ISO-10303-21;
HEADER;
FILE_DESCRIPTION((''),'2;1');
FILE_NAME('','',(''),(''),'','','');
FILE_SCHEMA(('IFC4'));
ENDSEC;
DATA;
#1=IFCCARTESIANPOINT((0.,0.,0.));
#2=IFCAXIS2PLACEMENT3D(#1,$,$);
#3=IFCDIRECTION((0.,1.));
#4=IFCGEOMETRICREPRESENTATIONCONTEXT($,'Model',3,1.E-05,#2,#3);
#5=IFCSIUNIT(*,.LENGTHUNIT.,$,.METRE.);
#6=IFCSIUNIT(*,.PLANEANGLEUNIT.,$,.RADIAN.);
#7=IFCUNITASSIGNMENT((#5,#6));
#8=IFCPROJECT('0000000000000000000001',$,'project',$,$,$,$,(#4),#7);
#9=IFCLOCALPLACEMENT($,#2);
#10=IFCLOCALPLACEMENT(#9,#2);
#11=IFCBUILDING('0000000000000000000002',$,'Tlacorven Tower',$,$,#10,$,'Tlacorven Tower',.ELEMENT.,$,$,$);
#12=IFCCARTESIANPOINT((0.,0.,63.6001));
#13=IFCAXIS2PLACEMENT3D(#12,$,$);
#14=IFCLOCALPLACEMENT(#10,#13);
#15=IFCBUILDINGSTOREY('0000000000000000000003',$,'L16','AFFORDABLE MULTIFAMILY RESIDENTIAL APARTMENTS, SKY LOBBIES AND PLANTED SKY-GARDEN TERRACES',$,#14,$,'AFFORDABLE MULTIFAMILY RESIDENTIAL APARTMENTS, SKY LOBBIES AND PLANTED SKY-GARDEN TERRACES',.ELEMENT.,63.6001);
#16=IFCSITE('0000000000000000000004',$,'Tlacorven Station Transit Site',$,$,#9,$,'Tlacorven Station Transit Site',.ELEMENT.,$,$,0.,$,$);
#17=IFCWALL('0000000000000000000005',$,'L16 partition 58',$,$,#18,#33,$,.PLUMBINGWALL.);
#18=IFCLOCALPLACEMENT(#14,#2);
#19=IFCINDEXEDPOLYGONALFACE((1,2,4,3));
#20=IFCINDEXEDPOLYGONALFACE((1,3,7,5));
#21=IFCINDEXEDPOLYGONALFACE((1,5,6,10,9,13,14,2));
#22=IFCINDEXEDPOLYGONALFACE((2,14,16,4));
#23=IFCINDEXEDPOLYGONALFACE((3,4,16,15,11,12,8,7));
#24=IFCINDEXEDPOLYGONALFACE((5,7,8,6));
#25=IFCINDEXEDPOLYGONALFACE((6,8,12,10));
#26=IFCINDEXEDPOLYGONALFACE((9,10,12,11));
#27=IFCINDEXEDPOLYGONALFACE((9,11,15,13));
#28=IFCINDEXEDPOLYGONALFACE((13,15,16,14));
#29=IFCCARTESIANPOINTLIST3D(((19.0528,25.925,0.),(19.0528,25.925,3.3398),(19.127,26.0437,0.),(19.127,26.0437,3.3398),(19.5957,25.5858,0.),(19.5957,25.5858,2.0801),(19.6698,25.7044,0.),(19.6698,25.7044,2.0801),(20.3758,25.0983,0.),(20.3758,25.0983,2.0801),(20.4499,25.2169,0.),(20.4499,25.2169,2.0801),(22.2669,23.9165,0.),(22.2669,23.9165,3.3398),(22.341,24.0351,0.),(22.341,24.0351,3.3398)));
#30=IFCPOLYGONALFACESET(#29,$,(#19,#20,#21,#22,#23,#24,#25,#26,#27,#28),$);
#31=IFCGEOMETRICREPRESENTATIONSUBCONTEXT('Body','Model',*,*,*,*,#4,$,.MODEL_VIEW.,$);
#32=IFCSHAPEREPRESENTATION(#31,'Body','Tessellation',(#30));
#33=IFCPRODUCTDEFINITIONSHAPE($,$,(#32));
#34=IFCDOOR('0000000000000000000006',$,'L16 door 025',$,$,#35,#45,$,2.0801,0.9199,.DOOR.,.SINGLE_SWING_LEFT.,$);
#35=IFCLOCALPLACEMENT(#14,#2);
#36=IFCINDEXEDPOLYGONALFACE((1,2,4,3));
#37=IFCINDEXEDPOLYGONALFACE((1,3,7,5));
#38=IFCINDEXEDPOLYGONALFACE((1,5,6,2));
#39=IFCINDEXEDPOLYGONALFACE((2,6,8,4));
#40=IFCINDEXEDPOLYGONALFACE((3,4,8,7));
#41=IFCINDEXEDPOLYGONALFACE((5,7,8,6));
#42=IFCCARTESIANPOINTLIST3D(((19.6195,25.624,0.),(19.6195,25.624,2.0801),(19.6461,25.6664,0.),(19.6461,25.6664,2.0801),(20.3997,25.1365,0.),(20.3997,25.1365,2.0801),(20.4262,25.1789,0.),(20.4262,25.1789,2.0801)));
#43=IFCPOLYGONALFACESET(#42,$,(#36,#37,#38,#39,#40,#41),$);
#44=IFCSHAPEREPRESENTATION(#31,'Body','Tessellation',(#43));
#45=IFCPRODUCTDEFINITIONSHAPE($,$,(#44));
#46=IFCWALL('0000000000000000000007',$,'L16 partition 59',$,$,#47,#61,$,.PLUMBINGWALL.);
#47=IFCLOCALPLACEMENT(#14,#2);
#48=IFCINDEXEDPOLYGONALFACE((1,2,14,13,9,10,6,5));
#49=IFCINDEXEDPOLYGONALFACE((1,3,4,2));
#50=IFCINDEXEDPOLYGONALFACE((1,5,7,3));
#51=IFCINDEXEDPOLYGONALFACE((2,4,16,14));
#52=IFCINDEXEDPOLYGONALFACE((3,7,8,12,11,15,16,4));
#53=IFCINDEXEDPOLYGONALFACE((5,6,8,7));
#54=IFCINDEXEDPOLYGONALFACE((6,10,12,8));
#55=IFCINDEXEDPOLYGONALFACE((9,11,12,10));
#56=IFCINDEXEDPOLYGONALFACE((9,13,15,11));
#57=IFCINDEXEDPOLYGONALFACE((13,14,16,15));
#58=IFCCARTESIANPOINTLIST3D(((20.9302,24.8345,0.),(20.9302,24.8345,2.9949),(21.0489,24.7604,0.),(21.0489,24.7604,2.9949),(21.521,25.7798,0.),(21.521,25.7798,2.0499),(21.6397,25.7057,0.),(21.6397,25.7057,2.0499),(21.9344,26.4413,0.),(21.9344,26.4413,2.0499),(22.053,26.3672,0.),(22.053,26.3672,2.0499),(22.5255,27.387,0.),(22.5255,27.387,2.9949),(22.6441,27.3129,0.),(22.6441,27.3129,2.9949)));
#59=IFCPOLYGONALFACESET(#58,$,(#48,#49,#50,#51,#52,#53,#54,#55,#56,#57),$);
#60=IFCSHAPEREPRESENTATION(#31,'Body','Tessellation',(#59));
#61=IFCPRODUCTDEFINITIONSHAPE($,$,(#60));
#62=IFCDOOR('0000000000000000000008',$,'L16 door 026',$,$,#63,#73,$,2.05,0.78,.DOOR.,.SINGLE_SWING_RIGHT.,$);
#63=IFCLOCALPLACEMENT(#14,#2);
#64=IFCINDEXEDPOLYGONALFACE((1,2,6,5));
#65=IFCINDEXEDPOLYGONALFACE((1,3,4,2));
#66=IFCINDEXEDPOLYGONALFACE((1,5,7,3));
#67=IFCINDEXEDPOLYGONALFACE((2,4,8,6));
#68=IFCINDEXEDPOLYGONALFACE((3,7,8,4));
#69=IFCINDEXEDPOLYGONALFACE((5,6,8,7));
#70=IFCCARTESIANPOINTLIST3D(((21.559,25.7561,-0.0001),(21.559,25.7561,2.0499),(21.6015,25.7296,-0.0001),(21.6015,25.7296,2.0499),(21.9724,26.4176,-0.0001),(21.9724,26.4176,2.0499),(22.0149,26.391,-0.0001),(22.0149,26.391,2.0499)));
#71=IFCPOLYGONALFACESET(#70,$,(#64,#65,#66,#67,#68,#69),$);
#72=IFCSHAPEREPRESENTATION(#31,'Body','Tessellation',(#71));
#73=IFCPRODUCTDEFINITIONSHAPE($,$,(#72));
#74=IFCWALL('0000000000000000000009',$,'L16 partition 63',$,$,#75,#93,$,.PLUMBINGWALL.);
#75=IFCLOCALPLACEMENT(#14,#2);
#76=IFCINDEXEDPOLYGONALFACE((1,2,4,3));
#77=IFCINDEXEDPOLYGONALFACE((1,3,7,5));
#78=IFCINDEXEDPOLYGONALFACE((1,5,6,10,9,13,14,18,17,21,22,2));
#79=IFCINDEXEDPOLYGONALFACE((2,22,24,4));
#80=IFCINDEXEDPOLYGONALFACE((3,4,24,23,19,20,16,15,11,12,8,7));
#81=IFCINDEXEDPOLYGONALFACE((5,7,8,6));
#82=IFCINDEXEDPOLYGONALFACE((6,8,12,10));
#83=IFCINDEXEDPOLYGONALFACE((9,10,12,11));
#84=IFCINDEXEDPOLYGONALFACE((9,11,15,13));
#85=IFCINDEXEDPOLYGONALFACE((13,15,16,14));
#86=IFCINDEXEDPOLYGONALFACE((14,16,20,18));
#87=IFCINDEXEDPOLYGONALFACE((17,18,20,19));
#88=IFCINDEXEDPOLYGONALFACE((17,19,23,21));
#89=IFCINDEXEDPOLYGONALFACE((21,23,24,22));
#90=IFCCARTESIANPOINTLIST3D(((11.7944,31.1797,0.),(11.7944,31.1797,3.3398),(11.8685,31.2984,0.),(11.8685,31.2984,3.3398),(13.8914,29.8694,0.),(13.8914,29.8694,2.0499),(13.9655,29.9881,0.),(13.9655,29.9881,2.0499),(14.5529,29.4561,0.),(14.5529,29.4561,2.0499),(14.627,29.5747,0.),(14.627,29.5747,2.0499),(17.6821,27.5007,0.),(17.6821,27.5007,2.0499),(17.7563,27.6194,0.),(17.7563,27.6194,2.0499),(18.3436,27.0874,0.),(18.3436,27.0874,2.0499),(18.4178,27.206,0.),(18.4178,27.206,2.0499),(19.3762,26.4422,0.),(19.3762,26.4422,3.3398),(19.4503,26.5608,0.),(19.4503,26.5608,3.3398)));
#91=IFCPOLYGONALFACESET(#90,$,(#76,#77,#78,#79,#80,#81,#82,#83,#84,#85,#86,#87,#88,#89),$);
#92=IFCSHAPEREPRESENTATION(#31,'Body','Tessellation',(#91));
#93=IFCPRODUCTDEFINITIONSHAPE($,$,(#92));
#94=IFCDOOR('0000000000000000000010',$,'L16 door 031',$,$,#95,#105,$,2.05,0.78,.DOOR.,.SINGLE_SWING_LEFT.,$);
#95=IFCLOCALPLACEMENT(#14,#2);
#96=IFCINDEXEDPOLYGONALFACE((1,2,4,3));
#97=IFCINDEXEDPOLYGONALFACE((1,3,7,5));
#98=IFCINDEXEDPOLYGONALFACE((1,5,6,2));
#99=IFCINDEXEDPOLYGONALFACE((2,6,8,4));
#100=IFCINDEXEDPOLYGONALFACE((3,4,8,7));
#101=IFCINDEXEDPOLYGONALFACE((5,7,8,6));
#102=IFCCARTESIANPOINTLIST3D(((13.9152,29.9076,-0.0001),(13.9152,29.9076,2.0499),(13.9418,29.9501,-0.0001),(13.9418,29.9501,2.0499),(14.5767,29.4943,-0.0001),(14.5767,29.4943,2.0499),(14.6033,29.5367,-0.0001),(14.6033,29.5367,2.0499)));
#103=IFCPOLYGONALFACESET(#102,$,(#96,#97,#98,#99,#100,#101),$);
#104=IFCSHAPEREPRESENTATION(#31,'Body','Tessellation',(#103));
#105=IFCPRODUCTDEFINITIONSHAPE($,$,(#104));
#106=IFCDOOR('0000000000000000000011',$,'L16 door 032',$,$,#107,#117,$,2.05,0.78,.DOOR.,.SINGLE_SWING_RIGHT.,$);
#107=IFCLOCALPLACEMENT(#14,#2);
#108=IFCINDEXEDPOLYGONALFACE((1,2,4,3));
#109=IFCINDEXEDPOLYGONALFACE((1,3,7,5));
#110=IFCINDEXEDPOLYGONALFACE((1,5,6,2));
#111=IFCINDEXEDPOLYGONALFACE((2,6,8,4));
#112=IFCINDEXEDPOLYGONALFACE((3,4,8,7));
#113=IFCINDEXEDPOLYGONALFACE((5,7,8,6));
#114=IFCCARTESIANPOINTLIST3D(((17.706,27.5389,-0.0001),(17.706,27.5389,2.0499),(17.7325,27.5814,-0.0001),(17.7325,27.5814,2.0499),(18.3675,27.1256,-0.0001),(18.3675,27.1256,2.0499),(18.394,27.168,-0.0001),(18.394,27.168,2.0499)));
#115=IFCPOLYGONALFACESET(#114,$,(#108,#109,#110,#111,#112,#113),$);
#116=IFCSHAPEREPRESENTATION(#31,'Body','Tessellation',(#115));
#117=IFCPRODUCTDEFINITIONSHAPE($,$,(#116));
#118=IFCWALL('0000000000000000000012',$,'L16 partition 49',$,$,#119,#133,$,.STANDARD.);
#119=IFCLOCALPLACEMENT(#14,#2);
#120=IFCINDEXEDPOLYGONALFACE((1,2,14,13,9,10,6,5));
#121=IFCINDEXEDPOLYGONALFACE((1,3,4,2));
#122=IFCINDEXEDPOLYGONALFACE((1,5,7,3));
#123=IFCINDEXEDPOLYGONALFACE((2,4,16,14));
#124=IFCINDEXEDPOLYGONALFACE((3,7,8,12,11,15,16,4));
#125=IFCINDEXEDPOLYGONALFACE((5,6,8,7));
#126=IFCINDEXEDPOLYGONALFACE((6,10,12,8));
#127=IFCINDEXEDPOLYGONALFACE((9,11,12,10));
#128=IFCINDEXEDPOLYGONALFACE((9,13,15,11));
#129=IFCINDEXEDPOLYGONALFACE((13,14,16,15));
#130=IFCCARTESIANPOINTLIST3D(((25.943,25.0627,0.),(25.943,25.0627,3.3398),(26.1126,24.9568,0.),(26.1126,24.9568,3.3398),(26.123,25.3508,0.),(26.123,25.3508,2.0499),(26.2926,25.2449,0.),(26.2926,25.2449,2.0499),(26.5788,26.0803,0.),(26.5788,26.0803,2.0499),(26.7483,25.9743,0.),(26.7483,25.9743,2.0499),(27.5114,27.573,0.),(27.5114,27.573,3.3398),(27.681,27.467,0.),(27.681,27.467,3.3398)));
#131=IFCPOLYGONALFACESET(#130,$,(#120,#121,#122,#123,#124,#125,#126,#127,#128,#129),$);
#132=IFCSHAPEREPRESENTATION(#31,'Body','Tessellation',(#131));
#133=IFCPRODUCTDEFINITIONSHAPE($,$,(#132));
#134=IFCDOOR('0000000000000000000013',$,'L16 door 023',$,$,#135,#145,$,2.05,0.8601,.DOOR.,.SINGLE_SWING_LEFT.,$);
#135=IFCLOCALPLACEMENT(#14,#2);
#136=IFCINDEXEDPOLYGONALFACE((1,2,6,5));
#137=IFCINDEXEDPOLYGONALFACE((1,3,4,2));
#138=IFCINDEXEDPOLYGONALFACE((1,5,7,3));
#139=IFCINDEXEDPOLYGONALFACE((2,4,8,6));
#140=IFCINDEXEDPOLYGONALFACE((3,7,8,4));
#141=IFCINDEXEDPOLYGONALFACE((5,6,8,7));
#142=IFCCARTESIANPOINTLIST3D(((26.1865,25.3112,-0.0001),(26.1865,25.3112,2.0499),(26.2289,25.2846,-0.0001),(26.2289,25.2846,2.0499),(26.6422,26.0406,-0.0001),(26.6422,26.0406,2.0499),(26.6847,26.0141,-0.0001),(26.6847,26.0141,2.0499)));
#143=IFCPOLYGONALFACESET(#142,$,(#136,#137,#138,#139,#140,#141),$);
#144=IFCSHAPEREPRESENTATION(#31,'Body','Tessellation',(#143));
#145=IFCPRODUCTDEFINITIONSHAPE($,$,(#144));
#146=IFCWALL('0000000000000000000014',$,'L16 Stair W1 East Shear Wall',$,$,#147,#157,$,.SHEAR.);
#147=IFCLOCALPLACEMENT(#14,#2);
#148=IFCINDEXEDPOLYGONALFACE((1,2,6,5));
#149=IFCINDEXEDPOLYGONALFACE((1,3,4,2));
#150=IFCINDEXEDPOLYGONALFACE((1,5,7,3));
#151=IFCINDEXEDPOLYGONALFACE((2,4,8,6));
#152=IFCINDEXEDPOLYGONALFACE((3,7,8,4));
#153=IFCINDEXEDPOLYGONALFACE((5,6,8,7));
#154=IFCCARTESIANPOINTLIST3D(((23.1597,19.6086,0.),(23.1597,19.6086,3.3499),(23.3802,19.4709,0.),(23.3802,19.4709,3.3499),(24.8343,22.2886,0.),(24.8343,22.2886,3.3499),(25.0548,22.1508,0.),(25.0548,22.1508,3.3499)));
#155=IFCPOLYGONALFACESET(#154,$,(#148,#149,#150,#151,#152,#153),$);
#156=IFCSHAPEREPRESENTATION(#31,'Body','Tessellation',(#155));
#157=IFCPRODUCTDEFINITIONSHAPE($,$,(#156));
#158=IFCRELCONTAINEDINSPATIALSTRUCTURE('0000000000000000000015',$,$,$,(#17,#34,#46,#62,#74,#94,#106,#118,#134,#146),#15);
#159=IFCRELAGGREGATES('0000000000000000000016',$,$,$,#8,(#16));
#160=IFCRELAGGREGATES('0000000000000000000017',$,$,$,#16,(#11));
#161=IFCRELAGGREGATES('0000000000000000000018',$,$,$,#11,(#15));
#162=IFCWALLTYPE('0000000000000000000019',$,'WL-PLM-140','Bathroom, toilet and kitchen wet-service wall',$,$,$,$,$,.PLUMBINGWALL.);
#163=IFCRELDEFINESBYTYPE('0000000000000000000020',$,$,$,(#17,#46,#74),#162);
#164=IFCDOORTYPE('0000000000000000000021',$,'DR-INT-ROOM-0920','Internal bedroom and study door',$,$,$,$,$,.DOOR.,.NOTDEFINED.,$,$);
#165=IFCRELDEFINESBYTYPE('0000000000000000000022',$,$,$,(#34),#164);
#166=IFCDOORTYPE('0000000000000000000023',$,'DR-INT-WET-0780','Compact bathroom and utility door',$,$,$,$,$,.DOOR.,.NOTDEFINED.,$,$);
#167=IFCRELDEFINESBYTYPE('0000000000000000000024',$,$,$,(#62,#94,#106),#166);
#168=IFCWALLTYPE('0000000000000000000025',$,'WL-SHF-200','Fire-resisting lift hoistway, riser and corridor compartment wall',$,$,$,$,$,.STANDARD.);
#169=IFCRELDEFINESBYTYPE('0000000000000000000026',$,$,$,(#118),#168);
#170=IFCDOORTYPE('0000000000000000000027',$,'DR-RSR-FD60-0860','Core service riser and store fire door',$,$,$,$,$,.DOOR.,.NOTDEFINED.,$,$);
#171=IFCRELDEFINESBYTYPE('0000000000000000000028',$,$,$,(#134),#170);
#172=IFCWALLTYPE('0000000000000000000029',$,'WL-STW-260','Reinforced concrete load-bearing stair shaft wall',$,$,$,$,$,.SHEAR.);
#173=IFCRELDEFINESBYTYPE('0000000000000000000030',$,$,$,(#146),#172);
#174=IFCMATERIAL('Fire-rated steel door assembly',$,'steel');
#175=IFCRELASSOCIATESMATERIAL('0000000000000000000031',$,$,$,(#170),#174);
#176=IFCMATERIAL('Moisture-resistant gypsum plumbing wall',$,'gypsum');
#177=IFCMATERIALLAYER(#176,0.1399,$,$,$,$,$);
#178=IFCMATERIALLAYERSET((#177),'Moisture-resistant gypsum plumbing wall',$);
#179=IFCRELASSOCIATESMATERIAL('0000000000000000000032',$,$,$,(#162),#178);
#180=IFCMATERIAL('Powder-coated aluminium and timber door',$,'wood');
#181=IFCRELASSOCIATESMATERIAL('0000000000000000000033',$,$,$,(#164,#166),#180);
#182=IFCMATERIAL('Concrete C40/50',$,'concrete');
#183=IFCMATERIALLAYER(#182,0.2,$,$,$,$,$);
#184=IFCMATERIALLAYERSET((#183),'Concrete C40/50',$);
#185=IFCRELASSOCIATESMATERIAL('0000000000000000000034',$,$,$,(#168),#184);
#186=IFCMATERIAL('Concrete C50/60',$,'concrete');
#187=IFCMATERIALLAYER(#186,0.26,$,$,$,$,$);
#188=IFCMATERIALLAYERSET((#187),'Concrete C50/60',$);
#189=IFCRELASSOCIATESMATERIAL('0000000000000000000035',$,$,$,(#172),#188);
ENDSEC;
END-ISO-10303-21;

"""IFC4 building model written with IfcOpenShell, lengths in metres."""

from ifc_helpers import new_model, si_unit, direction, frame, frame_2d, origin, place, context, subcontext, project, spatial, rectangle, extrude, source, transform, mapped, material, layer, layer_set, type_object, element, fill, save


model = new_model("IFC4")

# Units and contexts
model_context = context("Model", 3, precision=1e-05, world=origin(), true_north=direction((0.0, 1.0)))
body_context = subcontext(model_context, "Body", "Model", "MODEL_VIEW")
ifc_project = project(units=[si_unit("LENGTHUNIT", "METRE"), si_unit("PLANEANGLEUNIT", "RADIAN")], contexts=[model_context])

# Site, building, storey
site_placement = place(None, origin())
site = spatial("IfcSite", under=ifc_project, at=site_placement, Name="Tlacorven Station Transit Site", LongName="Tlacorven Station Transit Site", CompositionType="ELEMENT", RefElevation=0.0)
building_placement = place(site_placement, origin())
building = spatial("IfcBuilding", under=site, at=building_placement, Name="Tlacorven Tower", LongName="Tlacorven Tower", CompositionType="ELEMENT")
storey_placement = place(building_placement, frame((0.0, 0.0, 63.6001)))
storey = spatial("IfcBuildingStorey", under=building, at=storey_placement, Name="L16", Description="AFFORDABLE MULTIFAMILY RESIDENTIAL APARTMENTS, SKY LOBBIES AND PLANTED SKY-GARDEN TERRACES", LongName="AFFORDABLE MULTIFAMILY RESIDENTIAL APARTMENTS, SKY LOBBIES AND PLANTED SKY-GARDEN TERRACES", CompositionType="ELEMENT", Elevation=63.6001)

# Shared definitions
ifc_material_1 = material(Name="Fire-rated steel door assembly", Category="steel")
door_type_1 = type_object("IfcDoorType", Name="DR-RSR-FD60-0860", Description="Core service riser and store fire door", OperationType="NOTDEFINED", PredefinedType="DOOR", material=ifc_material_1)
shared_shape_1 = source(origin(), body_context, "Body", "SweptSolid", [
    extrude(rectangle(XDim=0.8601, YDim=2.05, at=frame_2d((0.4302, 1.0249))), frame((0.0, 0.0249, 0.0), z_axis=(0.0, -1.0, 0.0), x_axis=(1.0, 0.0, 0.0)), (0.0, 0.0, 1.0), 0.05),
])

# Walls, openings, doors
ifc_material_2 = material(Name="Moisture-resistant gypsum plumbing wall", Category="gypsum")
ifc_layer_1 = layer(ifc_material_2, 0.1399)
ifc_layer_set_1 = layer_set([ifc_layer_1], Name="Moisture-resistant gypsum plumbing wall")
wall_type_1 = type_object("IfcWallType", Name="WL-PLM-140", Description="Bathroom, toilet and kitchen wet-service wall", PredefinedType="PLUMBINGWALL", material=ifc_layer_set_1)
wall_1_placement = place(storey_placement, frame((22.304, 23.9758, 0.0), z_axis=(0.0, 0.0, 1.0), x_axis=(-0.848031, 0.529947, 0.0)))
wall_1 = element("IfcWall", 1, at=wall_1_placement, inside=storey, type_object=wall_type_1, Name="L16 partition 58", PredefinedType="PLUMBINGWALL", context=body_context, shape_type="SweptSolid", body=[
    extrude(rectangle(XDim=3.79, YDim=0.1399, at=frame_2d((1.895, 0.0))), origin(), (0.0, 0.0, 1.0), 3.3398),
])
opening_1_placement = place(wall_1_placement, frame((2.23, 0.0, 0.0)))
opening_1 = element("IfcOpeningElement", 2, at=opening_1_placement, cuts=wall_1, PredefinedType="OPENING", context=body_context, shape_type="SweptSolid", body=[
    extrude(rectangle(XDim=0.9199, YDim=2.0801, at=frame_2d((0.46, 1.04))), frame((0.0, 0.0801, 0.0), z_axis=(0.0, -1.0, 0.0), x_axis=(1.0, 0.0, 0.0)), (0.0, 0.0, 1.0), 0.1599),
])
ifc_material_3 = material(Name="Powder-coated aluminium and timber door", Category="wood")
door_type_2 = type_object("IfcDoorType", Name="DR-INT-ROOM-0920", Description="Internal bedroom and study door", OperationType="NOTDEFINED", PredefinedType="DOOR", material=ifc_material_3)
shared_shape_2 = source(origin(), body_context, "Body", "SweptSolid", [
    extrude(rectangle(XDim=0.9199, YDim=2.0801, at=frame_2d((0.46, 1.04))), frame((0.0, 0.0249, 0.0), z_axis=(0.0, -1.0, 0.0), x_axis=(1.0, 0.0, 0.0)), (0.0, 0.0, 1.0), 0.05),
])
door_1_placement = place(opening_1_placement, origin())
door_1 = element("IfcDoor", 3, at=door_1_placement, inside=storey, type_object=door_type_2, Name="L16 door 025", OperationType="SINGLE_SWING_LEFT", OverallHeight=2.0801, OverallWidth=0.9199, PredefinedType="DOOR", context=body_context, shape_type="MappedRepresentation", body=[
    mapped(shared_shape_2, transform((0.0, 0.0, 0.0), scale=1.0)),
])
fill(opening_1, door_1)
wall_2_placement = place(storey_placement, frame((22.5847, 27.3499, 0.0), z_axis=(0.0, 0.0, 1.0), x_axis=(-0.529977, -0.848012, 0.0)))
wall_2 = element("IfcWall", 4, at=wall_2_placement, inside=storey, type_object=wall_type_1, Name="L16 partition 59", PredefinedType="PLUMBINGWALL", context=body_context, shape_type="SweptSolid", body=[
    extrude(rectangle(XDim=3.01, YDim=0.1399, at=frame_2d((1.5049, 0.0))), origin(), (0.0, 0.0, 1.0), 2.9949),
])
opening_2_placement = place(wall_2_placement, frame((1.115, 0.0, 0.0)))
opening_2 = element("IfcOpeningElement", 5, at=opening_2_placement, cuts=wall_2, PredefinedType="OPENING", context=body_context, shape_type="SweptSolid", body=[
    extrude(rectangle(XDim=0.78, YDim=2.05, at=frame_2d((0.3901, 1.0249))), frame((0.0, 0.0801, 0.0), z_axis=(0.0, -1.0, 0.0), x_axis=(1.0, 0.0, 0.0)), (0.0, 0.0, 1.0), 0.1599),
])
door_type_3 = type_object("IfcDoorType", Name="DR-INT-WET-0780", Description="Compact bathroom and utility door", OperationType="NOTDEFINED", PredefinedType="DOOR", material=ifc_material_3)
shared_shape_3 = source(origin(), body_context, "Body", "SweptSolid", [
    extrude(rectangle(XDim=0.78, YDim=2.05, at=frame_2d((0.3901, 1.0249))), frame((0.0, 0.0249, 0.0), z_axis=(0.0, -1.0, 0.0), x_axis=(1.0, 0.0, 0.0)), (0.0, 0.0, 1.0), 0.05),
])
door_2_placement = place(opening_2_placement, origin())
door_2 = element("IfcDoor", 6, at=door_2_placement, inside=storey, type_object=door_type_3, Name="L16 door 026", OperationType="SINGLE_SWING_RIGHT", OverallHeight=2.05, OverallWidth=0.78, PredefinedType="DOOR", context=body_context, shape_type="MappedRepresentation", body=[
    mapped(shared_shape_3, transform((0.0, 0.0, 0.0), scale=1.0)),
])
fill(opening_2, door_2)

# Wall, openings, doors
wall_3_placement = place(storey_placement, frame((19.4133, 26.5015, 0.0), z_axis=(0.0, 0.0, 1.0), x_axis=(-0.848052, 0.529913, 0.0)))
wall_3 = element("IfcWall", 7, at=wall_3_placement, inside=storey, type_object=wall_type_1, Name="L16 partition 63", PredefinedType="PLUMBINGWALL", context=body_context, shape_type="SweptSolid", body=[
    extrude(rectangle(XDim=8.9402, YDim=0.1399, at=frame_2d((4.4702, 0.0))), origin(), (0.0, 0.0, 1.0), 3.3398),
])
opening_3_placement = place(wall_3_placement, frame((5.6875, 0.0, 0.0)))
opening_3 = element("IfcOpeningElement", 8, at=opening_3_placement, cuts=wall_3, PredefinedType="OPENING", context=body_context, shape_type="SweptSolid", body=[
    extrude(rectangle(XDim=0.78, YDim=2.05, at=frame_2d((0.3901, 1.0249))), frame((0.0, 0.0801, 0.0), z_axis=(0.0, -1.0, 0.0), x_axis=(1.0, 0.0, 0.0)), (0.0, 0.0, 1.0), 0.1599),
])
opening_4_placement = place(wall_3_placement, frame((1.2175, 0.0, 0.0)))
opening_4 = element("IfcOpeningElement", 9, at=opening_4_placement, cuts=wall_3, PredefinedType="OPENING", context=body_context, shape_type="SweptSolid", body=[
    extrude(rectangle(XDim=0.78, YDim=2.05, at=frame_2d((0.3901, 1.0249))), frame((0.0, 0.0801, 0.0), z_axis=(0.0, -1.0, 0.0), x_axis=(1.0, 0.0, 0.0)), (0.0, 0.0, 1.0), 0.1599),
])
door_3_placement = place(opening_3_placement, origin())
door_3 = element("IfcDoor", 10, at=door_3_placement, inside=storey, type_object=door_type_3, Name="L16 door 031", OperationType="SINGLE_SWING_LEFT", OverallHeight=2.05, OverallWidth=0.78, PredefinedType="DOOR", context=body_context, shape_type="MappedRepresentation", body=[
    mapped(shared_shape_3, transform((0.0, 0.0, 0.0), scale=1.0)),
])
fill(opening_3, door_3)
door_4_placement = place(opening_4_placement, origin())
door_4 = element("IfcDoor", 11, at=door_4_placement, inside=storey, type_object=door_type_3, Name="L16 door 032", OperationType="SINGLE_SWING_RIGHT", OverallHeight=2.05, OverallWidth=0.78, PredefinedType="DOOR", context=body_context, shape_type="MappedRepresentation", body=[
    mapped(shared_shape_3, transform((0.0, 0.0, 0.0), scale=1.0)),
])
fill(opening_4, door_4)

# Wall, opening, door
ifc_material_4 = material(Name="Concrete C40/50", Category="concrete")
ifc_layer_2 = layer(ifc_material_4, 0.2)
ifc_layer_set_2 = layer_set([ifc_layer_2], Name="Concrete C40/50")
wall_type_2 = type_object("IfcWallType", Name="WL-SHF-200", Description="Fire-resisting lift hoistway, riser and corridor compartment wall", PredefinedType="STANDARD", material=ifc_layer_set_2)
wall_4_placement = place(storey_placement, frame((27.5962, 27.52, 0.0), z_axis=(0.0, 0.0, 1.0), x_axis=(-0.529865, -0.848082, 0.0)))
wall_4 = element("IfcWall", 12, at=wall_4_placement, inside=storey, type_object=wall_type_2, Name="L16 partition 49", PredefinedType="STANDARD", context=body_context, shape_type="SweptSolid", body=[
    extrude(rectangle(XDim=2.96, YDim=0.2, at=frame_2d((1.48, 0.0))), origin(), (0.0, 0.0, 1.0), 3.3398),
])
opening_5_placement = place(wall_4_placement, frame((1.76, 0.0, 0.0)))
opening_5 = element("IfcOpeningElement", 13, at=opening_5_placement, cuts=wall_4, PredefinedType="OPENING", context=body_context, shape_type="SweptSolid", body=[
    extrude(rectangle(XDim=0.8601, YDim=2.05, at=frame_2d((0.4302, 1.0249))), frame((0.0, 0.1099, 0.0), z_axis=(0.0, -1.0, 0.0), x_axis=(1.0, 0.0, 0.0)), (0.0, 0.0, 1.0), 0.22),
])
door_5_placement = place(opening_5_placement, origin())
door_5 = element("IfcDoor", 14, at=door_5_placement, inside=storey, type_object=door_type_1, Name="L16 door 023", OperationType="SINGLE_SWING_LEFT", OverallHeight=2.05, OverallWidth=0.8601, PredefinedType="DOOR", context=body_context, shape_type="MappedRepresentation", body=[
    mapped(shared_shape_1, transform((0.0, 0.0, 0.0), scale=1.0)),
])
fill(opening_5, door_5)

# Wall
ifc_material_5 = material(Name="Concrete C50/60", Category="concrete")
ifc_layer_3 = layer(ifc_material_5, 0.26)
ifc_layer_set_3 = layer_set([ifc_layer_3], Name="Concrete C50/60")
wall_type_3 = type_object("IfcWallType", Name="WL-STW-260", Description="Reinforced concrete load-bearing stair shaft wall", PredefinedType="SHEAR", material=ifc_layer_set_3)
wall_5_placement = place(storey_placement, frame((24.9446, 22.2197, 0.0), z_axis=(0.0, 0.0, 1.0), x_axis=(-0.529909, -0.848055, 0.0)))
element("IfcWall", 15, at=wall_5_placement, inside=storey, type_object=wall_type_3, Name="L16 Stair W1 East Shear Wall", PredefinedType="SHEAR", context=body_context, shape_type="SweptSolid", body=[
    extrude(rectangle(XDim=3.1602, YDim=0.26, at=frame_2d((1.5801, 0.0))), origin(), (0.0, 0.0, 1.0), 3.3499),
])

save(model, "model.ifc")
